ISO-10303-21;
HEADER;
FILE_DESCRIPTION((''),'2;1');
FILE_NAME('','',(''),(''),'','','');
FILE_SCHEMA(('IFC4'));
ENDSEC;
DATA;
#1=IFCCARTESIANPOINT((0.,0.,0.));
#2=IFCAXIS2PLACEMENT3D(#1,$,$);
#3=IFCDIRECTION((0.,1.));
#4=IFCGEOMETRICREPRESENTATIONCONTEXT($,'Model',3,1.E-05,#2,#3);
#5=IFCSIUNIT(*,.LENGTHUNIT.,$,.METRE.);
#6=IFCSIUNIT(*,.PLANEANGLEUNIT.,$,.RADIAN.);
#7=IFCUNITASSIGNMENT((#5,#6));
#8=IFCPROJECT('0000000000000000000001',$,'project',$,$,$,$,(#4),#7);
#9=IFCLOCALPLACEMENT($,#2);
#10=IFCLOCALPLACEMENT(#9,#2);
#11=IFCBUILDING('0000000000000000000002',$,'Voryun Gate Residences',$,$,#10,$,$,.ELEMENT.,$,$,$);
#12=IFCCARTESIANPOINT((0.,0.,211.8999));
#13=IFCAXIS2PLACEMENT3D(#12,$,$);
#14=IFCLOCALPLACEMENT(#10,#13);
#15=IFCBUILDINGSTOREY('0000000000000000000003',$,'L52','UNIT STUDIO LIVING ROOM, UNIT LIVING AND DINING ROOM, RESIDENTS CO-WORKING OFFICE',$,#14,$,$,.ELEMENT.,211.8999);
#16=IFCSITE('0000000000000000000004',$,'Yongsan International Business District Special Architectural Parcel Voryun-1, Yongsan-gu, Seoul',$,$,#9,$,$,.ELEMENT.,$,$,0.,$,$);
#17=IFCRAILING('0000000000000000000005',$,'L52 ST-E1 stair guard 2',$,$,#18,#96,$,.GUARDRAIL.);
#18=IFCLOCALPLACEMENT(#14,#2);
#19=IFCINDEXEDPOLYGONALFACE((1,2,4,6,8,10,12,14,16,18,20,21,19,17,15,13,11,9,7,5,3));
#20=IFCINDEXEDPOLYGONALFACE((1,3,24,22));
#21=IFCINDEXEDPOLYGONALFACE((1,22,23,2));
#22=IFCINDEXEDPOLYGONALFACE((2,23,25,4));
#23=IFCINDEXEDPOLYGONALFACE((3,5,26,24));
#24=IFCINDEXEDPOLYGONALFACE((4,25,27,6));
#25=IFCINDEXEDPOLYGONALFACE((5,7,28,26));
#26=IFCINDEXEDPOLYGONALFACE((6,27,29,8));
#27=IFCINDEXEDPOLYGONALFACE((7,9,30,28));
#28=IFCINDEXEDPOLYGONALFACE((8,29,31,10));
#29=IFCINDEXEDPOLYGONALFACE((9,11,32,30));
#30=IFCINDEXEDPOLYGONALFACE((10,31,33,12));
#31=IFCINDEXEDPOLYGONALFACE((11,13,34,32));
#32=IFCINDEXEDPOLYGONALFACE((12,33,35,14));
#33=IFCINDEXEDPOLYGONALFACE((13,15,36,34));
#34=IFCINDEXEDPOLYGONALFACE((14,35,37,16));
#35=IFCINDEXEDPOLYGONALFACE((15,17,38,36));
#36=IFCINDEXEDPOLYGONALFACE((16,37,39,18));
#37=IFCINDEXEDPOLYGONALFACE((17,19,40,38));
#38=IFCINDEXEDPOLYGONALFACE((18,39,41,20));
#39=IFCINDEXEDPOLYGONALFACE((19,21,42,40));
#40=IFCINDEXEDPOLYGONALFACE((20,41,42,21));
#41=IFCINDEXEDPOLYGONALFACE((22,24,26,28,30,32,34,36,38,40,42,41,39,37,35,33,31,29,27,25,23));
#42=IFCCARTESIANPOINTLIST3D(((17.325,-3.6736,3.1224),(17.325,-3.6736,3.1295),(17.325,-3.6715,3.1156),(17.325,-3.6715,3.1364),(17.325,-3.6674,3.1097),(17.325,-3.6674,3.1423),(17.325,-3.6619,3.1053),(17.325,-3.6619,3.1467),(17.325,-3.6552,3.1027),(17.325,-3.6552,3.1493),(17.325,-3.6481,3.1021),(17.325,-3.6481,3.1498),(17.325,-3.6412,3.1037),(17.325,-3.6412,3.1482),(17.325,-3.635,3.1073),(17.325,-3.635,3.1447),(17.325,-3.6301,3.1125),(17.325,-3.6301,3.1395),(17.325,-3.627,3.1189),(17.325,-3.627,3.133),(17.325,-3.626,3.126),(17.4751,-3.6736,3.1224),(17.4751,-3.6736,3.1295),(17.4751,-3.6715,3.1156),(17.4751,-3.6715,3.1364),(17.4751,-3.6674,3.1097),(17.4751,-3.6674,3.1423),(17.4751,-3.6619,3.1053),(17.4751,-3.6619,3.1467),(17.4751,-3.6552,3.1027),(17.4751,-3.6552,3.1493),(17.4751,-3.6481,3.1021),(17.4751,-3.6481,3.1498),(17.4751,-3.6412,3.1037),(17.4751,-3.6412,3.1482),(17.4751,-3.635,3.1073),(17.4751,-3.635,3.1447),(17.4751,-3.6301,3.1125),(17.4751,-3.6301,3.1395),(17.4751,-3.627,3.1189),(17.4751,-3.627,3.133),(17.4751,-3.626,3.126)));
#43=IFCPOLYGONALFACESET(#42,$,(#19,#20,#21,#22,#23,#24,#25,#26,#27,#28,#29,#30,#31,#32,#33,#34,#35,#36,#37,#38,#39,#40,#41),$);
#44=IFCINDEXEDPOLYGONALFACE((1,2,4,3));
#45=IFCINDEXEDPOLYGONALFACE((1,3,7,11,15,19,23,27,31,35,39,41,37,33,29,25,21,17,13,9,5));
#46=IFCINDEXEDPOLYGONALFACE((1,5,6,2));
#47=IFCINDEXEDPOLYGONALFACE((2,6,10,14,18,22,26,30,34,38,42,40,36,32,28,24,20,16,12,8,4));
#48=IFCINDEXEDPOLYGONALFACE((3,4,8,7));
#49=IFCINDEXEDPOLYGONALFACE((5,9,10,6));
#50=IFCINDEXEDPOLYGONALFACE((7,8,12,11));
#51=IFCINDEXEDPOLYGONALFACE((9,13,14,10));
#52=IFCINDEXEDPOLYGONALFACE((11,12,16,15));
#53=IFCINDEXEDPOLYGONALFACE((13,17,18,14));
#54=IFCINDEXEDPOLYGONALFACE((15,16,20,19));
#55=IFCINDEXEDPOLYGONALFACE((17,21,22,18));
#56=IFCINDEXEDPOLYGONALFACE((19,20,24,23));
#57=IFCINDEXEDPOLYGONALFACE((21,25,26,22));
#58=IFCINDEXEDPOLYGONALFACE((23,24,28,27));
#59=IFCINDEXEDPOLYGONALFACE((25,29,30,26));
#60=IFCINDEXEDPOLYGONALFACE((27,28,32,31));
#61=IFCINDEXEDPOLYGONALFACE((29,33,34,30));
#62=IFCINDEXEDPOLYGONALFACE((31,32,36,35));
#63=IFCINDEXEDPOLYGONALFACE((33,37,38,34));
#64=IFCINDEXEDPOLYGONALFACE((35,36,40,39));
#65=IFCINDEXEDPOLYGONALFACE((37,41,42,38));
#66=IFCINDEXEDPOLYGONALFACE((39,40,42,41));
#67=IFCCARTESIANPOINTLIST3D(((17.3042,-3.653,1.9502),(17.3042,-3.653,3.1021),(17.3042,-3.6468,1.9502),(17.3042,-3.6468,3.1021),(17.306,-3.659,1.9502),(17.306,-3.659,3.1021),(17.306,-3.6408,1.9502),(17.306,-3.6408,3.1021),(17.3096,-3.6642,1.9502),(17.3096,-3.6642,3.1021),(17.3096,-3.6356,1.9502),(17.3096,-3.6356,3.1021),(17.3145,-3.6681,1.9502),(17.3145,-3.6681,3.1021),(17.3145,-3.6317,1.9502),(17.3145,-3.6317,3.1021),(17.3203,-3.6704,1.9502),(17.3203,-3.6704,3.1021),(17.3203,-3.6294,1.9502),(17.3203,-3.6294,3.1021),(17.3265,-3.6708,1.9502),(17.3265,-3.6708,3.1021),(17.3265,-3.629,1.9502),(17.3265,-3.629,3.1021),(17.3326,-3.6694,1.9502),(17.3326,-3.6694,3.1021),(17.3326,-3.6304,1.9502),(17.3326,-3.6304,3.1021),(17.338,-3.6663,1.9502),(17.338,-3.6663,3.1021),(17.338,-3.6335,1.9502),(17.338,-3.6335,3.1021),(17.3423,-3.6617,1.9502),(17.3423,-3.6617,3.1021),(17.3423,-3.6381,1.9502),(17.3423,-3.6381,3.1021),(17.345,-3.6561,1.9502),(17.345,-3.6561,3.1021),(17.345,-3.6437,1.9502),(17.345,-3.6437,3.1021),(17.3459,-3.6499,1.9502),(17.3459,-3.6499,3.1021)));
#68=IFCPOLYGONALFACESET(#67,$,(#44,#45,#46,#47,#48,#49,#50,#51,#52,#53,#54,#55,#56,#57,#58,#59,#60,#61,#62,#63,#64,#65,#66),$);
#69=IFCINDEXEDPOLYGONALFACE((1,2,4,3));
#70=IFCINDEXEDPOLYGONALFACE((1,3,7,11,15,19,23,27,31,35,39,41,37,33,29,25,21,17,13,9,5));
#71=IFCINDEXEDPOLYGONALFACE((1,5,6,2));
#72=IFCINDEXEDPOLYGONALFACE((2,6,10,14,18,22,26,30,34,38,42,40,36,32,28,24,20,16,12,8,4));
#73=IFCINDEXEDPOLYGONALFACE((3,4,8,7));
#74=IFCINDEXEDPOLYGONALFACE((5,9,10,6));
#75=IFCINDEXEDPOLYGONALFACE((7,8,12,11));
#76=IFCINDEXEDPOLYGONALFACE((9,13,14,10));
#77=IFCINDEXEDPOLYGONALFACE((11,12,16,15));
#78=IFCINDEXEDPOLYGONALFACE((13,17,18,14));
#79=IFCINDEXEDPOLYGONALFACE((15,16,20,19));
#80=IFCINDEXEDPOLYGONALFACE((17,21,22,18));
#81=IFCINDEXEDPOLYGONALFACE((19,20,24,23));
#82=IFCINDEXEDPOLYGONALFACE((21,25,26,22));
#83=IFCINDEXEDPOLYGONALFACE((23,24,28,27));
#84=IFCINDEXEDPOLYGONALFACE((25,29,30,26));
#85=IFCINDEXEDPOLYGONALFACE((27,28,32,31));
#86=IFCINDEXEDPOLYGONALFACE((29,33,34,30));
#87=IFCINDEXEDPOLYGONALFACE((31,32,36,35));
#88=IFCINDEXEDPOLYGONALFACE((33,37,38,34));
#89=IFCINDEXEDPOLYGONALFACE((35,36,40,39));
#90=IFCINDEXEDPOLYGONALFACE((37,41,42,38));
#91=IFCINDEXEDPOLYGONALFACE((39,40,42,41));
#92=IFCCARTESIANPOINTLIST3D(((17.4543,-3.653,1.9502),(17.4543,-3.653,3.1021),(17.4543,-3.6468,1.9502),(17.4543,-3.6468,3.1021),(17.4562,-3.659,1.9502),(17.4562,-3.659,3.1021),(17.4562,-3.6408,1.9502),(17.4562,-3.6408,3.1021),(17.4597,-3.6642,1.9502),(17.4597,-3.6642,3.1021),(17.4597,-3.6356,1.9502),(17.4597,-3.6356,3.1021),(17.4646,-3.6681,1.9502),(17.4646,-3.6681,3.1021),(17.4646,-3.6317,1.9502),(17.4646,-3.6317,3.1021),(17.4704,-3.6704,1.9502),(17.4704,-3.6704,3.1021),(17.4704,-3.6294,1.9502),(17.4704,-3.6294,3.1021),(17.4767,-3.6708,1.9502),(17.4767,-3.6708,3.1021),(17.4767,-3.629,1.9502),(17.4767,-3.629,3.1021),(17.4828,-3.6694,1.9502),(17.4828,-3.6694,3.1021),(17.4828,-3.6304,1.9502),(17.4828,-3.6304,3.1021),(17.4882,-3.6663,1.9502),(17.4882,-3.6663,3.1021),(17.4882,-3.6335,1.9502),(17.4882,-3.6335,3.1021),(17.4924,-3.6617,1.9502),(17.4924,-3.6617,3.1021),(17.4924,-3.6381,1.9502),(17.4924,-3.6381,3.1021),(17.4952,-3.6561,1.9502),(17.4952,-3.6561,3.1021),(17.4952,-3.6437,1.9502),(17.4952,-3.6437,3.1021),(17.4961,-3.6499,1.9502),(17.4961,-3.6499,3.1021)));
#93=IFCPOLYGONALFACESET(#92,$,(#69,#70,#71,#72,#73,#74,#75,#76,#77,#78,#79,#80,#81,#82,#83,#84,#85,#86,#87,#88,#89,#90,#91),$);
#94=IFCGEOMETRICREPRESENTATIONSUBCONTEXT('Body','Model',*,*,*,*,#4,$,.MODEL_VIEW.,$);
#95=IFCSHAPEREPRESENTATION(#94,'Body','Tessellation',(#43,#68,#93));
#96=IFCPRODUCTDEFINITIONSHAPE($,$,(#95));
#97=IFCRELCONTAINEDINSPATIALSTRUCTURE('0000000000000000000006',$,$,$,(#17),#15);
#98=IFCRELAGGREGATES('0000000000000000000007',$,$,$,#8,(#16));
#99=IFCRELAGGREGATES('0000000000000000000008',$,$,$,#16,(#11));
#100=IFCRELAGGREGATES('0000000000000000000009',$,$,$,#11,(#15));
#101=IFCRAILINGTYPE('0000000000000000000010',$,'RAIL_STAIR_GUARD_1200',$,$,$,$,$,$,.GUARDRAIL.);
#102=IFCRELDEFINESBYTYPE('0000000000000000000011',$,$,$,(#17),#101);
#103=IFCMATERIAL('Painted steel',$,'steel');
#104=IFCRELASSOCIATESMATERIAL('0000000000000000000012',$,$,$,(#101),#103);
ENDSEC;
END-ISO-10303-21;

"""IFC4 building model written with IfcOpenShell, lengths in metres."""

from ifc_helpers import new_model, si_unit, direction, frame, origin, origin_2d, place, context, subcontext, project, spatial, circle, extrude, material, type_object, element, save


model = new_model("IFC4")

# Units and contexts
model_context = context("Model", 3, precision=1e-05, world=origin(), true_north=direction((0.0, 1.0)))
body_context = subcontext(model_context, "Body", "Model", "MODEL_VIEW")
ifc_project = project(units=[si_unit("LENGTHUNIT", "METRE"), si_unit("PLANEANGLEUNIT", "RADIAN")], contexts=[model_context])

# Site, building, storey
site_placement = place(None, origin())
site = spatial("IfcSite", under=ifc_project, at=site_placement, Name="Yongsan International Business District Special Architectural Parcel Voryun-1, Yongsan-gu, Seoul", CompositionType="ELEMENT", RefElevation=0.0)
building_placement = place(site_placement, origin())
building = spatial("IfcBuilding", under=site, at=building_placement, Name="Voryun Gate Residences", CompositionType="ELEMENT")
storey_placement = place(building_placement, frame((0.0, 0.0, 211.8999)))
storey = spatial("IfcBuildingStorey", under=building, at=storey_placement, Name="L52", Description="UNIT STUDIO LIVING ROOM, UNIT LIVING AND DINING ROOM, RESIDENTS CO-WORKING OFFICE", CompositionType="ELEMENT", Elevation=211.8999)

# Railing
ifc_material_1 = material(Name="Painted steel", Category="steel")
railing_type_1 = type_object("IfcRailingType", Name="RAIL_STAIR_GUARD_1200", PredefinedType="GUARDRAIL", material=ifc_material_1)
railing_1_placement = place(storey_placement, frame((17.325, -3.6499, 1.9502)))
element("IfcRailing", 1, at=railing_1_placement, inside=storey, type_object=railing_type_1, Name="L52 ST-E1 stair guard 2", PredefinedType="GUARDRAIL", context=body_context, shape_type="SweptSolid", body=[
    extrude(circle(Radius=0.0239, at=origin_2d()), frame((0.0, 0.0, 1.1758), z_axis=(1.0, 0.0, 0.0), x_axis=(0.0, 1.0, 0.0)), (0.0, 0.0, 1.0), 0.1501),
    extrude(circle(Radius=0.021, at=origin_2d()), origin(), (0.0, 0.0, 1.0), 1.1519),
    extrude(circle(Radius=0.021, at=origin_2d()), frame((0.1501, 0.0, 0.0)), (0.0, 0.0, 1.0), 1.1519),
])

save(model, "model.ifc")
